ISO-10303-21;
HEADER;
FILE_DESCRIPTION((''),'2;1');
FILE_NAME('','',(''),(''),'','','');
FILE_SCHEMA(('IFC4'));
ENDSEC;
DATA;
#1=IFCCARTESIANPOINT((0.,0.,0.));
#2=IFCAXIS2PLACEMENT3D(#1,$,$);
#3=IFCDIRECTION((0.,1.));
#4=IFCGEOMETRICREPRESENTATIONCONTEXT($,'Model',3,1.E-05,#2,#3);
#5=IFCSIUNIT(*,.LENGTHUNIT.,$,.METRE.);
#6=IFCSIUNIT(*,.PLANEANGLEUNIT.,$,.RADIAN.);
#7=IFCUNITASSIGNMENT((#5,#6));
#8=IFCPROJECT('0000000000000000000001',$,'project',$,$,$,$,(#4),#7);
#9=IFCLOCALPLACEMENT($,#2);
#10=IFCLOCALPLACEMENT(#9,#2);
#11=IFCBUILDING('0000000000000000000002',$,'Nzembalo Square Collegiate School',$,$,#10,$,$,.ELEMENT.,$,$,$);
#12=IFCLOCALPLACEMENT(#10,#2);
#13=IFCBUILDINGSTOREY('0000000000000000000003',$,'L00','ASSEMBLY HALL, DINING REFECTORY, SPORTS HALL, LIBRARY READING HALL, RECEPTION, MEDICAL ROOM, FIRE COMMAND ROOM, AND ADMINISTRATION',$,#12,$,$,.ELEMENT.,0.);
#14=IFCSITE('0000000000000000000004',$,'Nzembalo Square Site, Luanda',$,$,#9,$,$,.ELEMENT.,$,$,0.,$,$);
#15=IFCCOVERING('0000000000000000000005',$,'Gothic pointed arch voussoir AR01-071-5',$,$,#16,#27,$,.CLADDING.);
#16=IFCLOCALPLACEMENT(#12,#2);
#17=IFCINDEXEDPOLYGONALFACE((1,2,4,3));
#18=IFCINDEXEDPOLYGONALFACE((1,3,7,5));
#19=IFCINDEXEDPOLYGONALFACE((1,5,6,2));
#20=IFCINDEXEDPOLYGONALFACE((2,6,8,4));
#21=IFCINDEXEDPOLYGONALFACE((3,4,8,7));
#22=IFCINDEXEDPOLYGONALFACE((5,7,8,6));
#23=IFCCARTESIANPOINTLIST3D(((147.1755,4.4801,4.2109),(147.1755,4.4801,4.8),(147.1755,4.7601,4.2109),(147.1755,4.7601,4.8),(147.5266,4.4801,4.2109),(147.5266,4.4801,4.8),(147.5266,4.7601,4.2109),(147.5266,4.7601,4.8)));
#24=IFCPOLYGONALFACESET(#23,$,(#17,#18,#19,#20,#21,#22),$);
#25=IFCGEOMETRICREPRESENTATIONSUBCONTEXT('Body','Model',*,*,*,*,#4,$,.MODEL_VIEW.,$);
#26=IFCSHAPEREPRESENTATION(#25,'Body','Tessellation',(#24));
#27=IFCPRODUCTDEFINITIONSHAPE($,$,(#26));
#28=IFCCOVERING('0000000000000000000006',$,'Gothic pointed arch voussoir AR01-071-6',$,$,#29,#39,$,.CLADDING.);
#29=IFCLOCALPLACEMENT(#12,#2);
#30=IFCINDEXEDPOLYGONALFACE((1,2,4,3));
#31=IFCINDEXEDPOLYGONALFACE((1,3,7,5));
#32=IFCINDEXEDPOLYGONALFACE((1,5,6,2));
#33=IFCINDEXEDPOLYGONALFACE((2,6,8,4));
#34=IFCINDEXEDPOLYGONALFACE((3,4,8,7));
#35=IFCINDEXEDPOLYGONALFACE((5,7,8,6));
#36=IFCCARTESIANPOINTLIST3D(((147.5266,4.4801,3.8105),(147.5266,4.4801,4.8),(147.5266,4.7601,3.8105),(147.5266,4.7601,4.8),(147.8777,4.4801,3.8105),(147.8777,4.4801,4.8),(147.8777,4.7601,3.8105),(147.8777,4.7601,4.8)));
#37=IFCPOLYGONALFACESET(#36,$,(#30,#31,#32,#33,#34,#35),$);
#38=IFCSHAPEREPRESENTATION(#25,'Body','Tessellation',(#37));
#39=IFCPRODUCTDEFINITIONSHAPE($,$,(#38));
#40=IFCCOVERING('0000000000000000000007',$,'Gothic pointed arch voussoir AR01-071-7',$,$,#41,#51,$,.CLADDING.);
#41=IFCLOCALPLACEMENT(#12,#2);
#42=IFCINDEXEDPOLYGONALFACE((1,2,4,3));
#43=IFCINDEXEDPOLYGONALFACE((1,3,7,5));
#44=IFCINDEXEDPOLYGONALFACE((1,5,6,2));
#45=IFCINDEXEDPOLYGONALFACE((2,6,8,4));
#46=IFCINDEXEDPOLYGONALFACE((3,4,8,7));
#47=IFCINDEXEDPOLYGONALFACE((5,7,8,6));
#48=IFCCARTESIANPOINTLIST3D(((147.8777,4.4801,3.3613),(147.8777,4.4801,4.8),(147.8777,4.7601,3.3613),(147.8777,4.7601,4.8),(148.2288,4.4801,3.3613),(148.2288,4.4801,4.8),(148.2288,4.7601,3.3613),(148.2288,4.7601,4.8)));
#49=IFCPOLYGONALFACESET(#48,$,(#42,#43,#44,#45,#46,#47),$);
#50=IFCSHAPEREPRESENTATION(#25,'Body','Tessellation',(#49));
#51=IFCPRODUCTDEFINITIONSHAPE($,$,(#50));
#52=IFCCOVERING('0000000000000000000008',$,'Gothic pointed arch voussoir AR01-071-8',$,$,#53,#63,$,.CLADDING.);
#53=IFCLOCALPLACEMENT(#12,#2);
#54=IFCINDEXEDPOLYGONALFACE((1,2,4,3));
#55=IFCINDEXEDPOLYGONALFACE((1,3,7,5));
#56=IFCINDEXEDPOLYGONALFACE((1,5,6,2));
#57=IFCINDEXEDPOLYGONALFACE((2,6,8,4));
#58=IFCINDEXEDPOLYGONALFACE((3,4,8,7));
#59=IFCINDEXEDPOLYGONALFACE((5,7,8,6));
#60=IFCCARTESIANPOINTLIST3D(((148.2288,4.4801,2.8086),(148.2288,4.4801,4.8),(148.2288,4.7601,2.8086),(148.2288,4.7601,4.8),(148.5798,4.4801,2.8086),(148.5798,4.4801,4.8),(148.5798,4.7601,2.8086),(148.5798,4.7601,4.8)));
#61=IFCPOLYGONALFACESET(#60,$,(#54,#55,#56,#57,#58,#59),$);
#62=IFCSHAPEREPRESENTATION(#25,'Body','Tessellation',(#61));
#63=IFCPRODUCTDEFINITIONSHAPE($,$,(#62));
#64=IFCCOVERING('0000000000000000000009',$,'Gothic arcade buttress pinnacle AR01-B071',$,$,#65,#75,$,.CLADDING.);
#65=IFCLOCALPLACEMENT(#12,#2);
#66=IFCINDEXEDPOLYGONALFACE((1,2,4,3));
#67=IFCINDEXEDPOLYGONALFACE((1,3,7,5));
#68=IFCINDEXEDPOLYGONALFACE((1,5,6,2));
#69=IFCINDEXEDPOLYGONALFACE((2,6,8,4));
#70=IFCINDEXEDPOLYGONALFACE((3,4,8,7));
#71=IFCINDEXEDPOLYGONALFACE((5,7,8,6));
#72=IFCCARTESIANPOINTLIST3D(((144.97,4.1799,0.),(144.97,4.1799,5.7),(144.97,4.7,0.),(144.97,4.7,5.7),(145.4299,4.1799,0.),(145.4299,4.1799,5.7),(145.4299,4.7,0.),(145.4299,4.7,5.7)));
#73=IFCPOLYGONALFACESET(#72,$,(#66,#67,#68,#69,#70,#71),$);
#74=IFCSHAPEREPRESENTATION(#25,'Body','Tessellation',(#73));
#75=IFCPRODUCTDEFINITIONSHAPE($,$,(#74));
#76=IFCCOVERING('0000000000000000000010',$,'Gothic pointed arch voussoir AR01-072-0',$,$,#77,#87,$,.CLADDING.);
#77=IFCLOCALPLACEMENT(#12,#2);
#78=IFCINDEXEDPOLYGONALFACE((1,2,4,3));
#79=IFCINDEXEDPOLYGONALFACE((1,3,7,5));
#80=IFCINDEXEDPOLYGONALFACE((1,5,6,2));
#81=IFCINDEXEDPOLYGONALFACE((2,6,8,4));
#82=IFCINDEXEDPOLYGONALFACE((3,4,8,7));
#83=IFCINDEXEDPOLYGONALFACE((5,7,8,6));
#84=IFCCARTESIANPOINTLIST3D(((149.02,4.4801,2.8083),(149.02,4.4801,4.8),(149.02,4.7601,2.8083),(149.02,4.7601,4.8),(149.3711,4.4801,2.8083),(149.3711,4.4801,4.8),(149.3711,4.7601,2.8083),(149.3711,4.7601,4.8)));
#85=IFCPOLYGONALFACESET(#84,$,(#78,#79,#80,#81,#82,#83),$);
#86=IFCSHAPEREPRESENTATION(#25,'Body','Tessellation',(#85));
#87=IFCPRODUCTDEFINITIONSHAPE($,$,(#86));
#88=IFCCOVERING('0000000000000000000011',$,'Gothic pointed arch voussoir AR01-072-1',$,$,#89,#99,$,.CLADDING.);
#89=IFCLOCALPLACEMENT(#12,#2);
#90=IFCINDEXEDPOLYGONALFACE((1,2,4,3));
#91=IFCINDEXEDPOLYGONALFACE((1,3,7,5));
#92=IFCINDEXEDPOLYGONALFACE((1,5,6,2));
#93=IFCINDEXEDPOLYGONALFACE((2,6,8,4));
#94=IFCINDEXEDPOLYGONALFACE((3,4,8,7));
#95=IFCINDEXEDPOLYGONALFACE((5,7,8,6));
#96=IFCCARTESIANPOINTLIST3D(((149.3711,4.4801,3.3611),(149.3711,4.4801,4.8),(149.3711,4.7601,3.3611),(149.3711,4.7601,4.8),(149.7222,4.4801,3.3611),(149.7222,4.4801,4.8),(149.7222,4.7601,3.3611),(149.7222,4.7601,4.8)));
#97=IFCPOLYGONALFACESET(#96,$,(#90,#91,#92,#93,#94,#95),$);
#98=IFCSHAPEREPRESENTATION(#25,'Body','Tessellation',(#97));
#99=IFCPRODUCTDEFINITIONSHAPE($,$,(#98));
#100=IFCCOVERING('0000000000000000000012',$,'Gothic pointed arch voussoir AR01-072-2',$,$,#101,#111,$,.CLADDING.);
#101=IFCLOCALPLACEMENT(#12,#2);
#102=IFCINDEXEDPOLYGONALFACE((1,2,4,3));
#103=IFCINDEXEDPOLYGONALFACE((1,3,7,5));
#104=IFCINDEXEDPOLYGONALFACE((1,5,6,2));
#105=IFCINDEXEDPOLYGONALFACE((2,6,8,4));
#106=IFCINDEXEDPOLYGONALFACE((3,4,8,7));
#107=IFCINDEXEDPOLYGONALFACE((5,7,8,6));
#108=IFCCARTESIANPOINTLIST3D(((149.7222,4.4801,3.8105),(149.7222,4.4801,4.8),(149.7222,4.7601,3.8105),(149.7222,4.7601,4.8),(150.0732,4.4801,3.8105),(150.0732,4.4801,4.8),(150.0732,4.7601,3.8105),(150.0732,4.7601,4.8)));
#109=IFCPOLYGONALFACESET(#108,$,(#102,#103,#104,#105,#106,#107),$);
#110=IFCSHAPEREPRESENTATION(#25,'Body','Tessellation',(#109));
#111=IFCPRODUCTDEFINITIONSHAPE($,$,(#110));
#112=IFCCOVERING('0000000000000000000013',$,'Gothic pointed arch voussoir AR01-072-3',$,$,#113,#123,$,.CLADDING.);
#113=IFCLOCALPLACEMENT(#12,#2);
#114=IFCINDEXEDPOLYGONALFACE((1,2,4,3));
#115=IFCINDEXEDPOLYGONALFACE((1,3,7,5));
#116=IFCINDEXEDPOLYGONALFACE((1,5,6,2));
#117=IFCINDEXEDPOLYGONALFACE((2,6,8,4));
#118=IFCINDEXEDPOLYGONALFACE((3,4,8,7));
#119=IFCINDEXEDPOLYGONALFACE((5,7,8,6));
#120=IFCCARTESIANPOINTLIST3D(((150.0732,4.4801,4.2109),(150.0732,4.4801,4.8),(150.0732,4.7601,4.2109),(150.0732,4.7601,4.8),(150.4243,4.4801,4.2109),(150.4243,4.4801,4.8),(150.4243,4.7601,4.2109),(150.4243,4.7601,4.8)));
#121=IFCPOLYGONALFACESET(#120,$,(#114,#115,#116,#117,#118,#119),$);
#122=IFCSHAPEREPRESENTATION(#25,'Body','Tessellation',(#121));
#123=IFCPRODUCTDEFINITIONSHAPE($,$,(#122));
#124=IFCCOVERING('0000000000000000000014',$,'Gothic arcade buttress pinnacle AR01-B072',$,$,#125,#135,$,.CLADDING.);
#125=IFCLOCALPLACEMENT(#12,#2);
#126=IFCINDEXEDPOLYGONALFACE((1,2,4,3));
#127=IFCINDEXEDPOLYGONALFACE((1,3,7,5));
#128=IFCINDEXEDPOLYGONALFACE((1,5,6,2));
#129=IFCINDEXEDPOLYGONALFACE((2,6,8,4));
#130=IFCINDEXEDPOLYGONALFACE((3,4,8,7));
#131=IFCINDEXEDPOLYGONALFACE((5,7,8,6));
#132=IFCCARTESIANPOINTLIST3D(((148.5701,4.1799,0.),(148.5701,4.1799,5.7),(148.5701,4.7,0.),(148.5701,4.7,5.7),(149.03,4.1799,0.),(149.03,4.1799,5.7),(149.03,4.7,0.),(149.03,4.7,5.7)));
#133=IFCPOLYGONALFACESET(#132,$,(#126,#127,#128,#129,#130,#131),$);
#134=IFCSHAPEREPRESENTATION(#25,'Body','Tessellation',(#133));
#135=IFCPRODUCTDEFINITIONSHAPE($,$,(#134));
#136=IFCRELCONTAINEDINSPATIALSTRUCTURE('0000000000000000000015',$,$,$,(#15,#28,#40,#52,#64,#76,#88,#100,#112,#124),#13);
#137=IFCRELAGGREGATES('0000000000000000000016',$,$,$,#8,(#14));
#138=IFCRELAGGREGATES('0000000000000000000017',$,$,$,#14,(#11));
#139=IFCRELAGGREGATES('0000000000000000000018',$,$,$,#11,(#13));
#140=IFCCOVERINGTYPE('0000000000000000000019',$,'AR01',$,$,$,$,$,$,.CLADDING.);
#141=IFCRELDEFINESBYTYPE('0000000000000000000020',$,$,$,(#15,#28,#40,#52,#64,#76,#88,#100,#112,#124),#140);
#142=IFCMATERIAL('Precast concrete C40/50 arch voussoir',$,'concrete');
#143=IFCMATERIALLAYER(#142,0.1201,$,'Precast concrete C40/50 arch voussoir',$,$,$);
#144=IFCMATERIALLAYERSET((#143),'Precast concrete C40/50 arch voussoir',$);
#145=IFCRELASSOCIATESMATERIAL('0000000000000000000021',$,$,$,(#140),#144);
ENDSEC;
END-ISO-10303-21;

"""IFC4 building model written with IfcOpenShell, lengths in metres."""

from ifc_helpers import new_model, si_unit, direction, frame, origin, origin_2d, place, context, subcontext, project, spatial, rectangle, extrude, material, layer, layer_set, type_object, element, save


model = new_model("IFC4")

# Units and contexts
model_context = context("Model", 3, precision=1e-05, world=origin(), true_north=direction((0.0, 1.0)))
body_context = subcontext(model_context, "Body", "Model", "MODEL_VIEW")
ifc_project = project(units=[si_unit("LENGTHUNIT", "METRE"), si_unit("PLANEANGLEUNIT", "RADIAN")], contexts=[model_context])

# Site, building, storey
site_placement = place(None, origin())
site = spatial("IfcSite", under=ifc_project, at=site_placement, Name="Nzembalo Square Site, Luanda", CompositionType="ELEMENT", RefElevation=0.0)
building_placement = place(site_placement, origin())
building = spatial("IfcBuilding", under=site, at=building_placement, Name="Nzembalo Square Collegiate School", CompositionType="ELEMENT")
storey_placement = place(building_placement, origin())
storey = spatial("IfcBuildingStorey", under=building, at=storey_placement, Name="L00", Description="ASSEMBLY HALL, DINING REFECTORY, SPORTS HALL, LIBRARY READING HALL, RECEPTION, MEDICAL ROOM, FIRE COMMAND ROOM, AND ADMINISTRATION", CompositionType="ELEMENT", Elevation=0.0)

# Coverings
ifc_material = material(Name="Precast concrete C40/50 arch voussoir", Category="concrete")
ifc_layer = layer(ifc_material, 0.1201, Name="Precast concrete C40/50 arch voussoir")
ifc_layer_set = layer_set([ifc_layer], Name="Precast concrete C40/50 arch voussoir")
covering_type = type_object("IfcCoveringType", Name="AR01", PredefinedType="CLADDING", material=ifc_layer_set)
covering_1_placement = place(storey_placement, frame((147.3511, 4.6201, 4.2109), z_axis=(0.0, 0.0, 1.0), x_axis=(1.0, 0.0, 0.0)))
element("IfcCovering", 1, at=covering_1_placement, inside=storey, type_object=covering_type, Name="Gothic pointed arch voussoir AR01-071-5", PredefinedType="CLADDING", context=body_context, shape_type="SweptSolid", body=[
    extrude(rectangle(XDim=0.3511, YDim=0.28, at=origin_2d()), origin(), (0.0, 0.0, 1.0), 0.5891),
])
covering_2_placement = place(storey_placement, frame((147.7021, 4.6201, 3.8105), z_axis=(0.0, 0.0, 1.0), x_axis=(1.0, 0.0, 0.0)))
element("IfcCovering", 2, at=covering_2_placement, inside=storey, type_object=covering_type, Name="Gothic pointed arch voussoir AR01-071-6", PredefinedType="CLADDING", context=body_context, shape_type="SweptSolid", body=[
    extrude(rectangle(XDim=0.3511, YDim=0.28, at=origin_2d()), origin(), (0.0, 0.0, 1.0), 0.9895),
])
covering_3_placement = place(storey_placement, frame((148.0532, 4.6201, 3.3613), z_axis=(0.0, 0.0, 1.0), x_axis=(1.0, 0.0, 0.0)))
element("IfcCovering", 3, at=covering_3_placement, inside=storey, type_object=covering_type, Name="Gothic pointed arch voussoir AR01-071-7", PredefinedType="CLADDING", context=body_context, shape_type="SweptSolid", body=[
    extrude(rectangle(XDim=0.3511, YDim=0.28, at=origin_2d()), origin(), (0.0, 0.0, 1.0), 1.4387),
])
covering_4_placement = place(storey_placement, frame((148.4043, 4.6201, 2.8086), z_axis=(0.0, 0.0, 1.0), x_axis=(1.0, 0.0, 0.0)))
element("IfcCovering", 4, at=covering_4_placement, inside=storey, type_object=covering_type, Name="Gothic pointed arch voussoir AR01-071-8", PredefinedType="CLADDING", context=body_context, shape_type="SweptSolid", body=[
    extrude(rectangle(XDim=0.3511, YDim=0.28, at=origin_2d()), origin(), (0.0, 0.0, 1.0), 1.9915),
])
covering_5_placement = place(storey_placement, frame((145.2, 4.4399, 0.0), z_axis=(0.0, 0.0, 1.0), x_axis=(1.0, 0.0, 0.0)))
element("IfcCovering", 5, at=covering_5_placement, inside=storey, type_object=covering_type, Name="Gothic arcade buttress pinnacle AR01-B071", PredefinedType="CLADDING", context=body_context, shape_type="SweptSolid", body=[
    extrude(rectangle(XDim=0.46, YDim=0.52, at=origin_2d()), origin(), (0.0, 0.0, 1.0), 5.7),
])
covering_6_placement = place(storey_placement, frame((149.1956, 4.6201, 2.8083), z_axis=(0.0, 0.0, 1.0), x_axis=(1.0, 0.0, 0.0)))
element("IfcCovering", 6, at=covering_6_placement, inside=storey, type_object=covering_type, Name="Gothic pointed arch voussoir AR01-072-0", PredefinedType="CLADDING", context=body_context, shape_type="SweptSolid", body=[
    extrude(rectangle(XDim=0.3511, YDim=0.28, at=origin_2d()), origin(), (0.0, 0.0, 1.0), 1.9917),
])
covering_7_placement = place(storey_placement, frame((149.5466, 4.6201, 3.3611), z_axis=(0.0, 0.0, 1.0), x_axis=(1.0, 0.0, 0.0)))
element("IfcCovering", 7, at=covering_7_placement, inside=storey, type_object=covering_type, Name="Gothic pointed arch voussoir AR01-072-1", PredefinedType="CLADDING", context=body_context, shape_type="SweptSolid", body=[
    extrude(rectangle(XDim=0.3511, YDim=0.28, at=origin_2d()), origin(), (0.0, 0.0, 1.0), 1.439),
])
covering_8_placement = place(storey_placement, frame((149.8977, 4.6201, 3.8105), z_axis=(0.0, 0.0, 1.0), x_axis=(1.0, 0.0, 0.0)))
element("IfcCovering", 8, at=covering_8_placement, inside=storey, type_object=covering_type, Name="Gothic pointed arch voussoir AR01-072-2", PredefinedType="CLADDING", context=body_context, shape_type="SweptSolid", body=[
    extrude(rectangle(XDim=0.3511, YDim=0.28, at=origin_2d()), origin(), (0.0, 0.0, 1.0), 0.9895),
])
covering_9_placement = place(storey_placement, frame((150.2488, 4.6201, 4.2109), z_axis=(0.0, 0.0, 1.0), x_axis=(1.0, 0.0, 0.0)))
element("IfcCovering", 9, at=covering_9_placement, inside=storey, type_object=covering_type, Name="Gothic pointed arch voussoir AR01-072-3", PredefinedType="CLADDING", context=body_context, shape_type="SweptSolid", body=[
    extrude(rectangle(XDim=0.3511, YDim=0.28, at=origin_2d()), origin(), (0.0, 0.0, 1.0), 0.5891),
])
covering_10_placement = place(storey_placement, frame((148.8, 4.4399, 0.0), z_axis=(0.0, 0.0, 1.0), x_axis=(1.0, 0.0, 0.0)))
element("IfcCovering", 10, at=covering_10_placement, inside=storey, type_object=covering_type, Name="Gothic arcade buttress pinnacle AR01-B072", PredefinedType="CLADDING", context=body_context, shape_type="SweptSolid", body=[
    extrude(rectangle(XDim=0.46, YDim=0.52, at=origin_2d()), origin(), (0.0, 0.0, 1.0), 5.7),
])

save(model, "model.ifc")
